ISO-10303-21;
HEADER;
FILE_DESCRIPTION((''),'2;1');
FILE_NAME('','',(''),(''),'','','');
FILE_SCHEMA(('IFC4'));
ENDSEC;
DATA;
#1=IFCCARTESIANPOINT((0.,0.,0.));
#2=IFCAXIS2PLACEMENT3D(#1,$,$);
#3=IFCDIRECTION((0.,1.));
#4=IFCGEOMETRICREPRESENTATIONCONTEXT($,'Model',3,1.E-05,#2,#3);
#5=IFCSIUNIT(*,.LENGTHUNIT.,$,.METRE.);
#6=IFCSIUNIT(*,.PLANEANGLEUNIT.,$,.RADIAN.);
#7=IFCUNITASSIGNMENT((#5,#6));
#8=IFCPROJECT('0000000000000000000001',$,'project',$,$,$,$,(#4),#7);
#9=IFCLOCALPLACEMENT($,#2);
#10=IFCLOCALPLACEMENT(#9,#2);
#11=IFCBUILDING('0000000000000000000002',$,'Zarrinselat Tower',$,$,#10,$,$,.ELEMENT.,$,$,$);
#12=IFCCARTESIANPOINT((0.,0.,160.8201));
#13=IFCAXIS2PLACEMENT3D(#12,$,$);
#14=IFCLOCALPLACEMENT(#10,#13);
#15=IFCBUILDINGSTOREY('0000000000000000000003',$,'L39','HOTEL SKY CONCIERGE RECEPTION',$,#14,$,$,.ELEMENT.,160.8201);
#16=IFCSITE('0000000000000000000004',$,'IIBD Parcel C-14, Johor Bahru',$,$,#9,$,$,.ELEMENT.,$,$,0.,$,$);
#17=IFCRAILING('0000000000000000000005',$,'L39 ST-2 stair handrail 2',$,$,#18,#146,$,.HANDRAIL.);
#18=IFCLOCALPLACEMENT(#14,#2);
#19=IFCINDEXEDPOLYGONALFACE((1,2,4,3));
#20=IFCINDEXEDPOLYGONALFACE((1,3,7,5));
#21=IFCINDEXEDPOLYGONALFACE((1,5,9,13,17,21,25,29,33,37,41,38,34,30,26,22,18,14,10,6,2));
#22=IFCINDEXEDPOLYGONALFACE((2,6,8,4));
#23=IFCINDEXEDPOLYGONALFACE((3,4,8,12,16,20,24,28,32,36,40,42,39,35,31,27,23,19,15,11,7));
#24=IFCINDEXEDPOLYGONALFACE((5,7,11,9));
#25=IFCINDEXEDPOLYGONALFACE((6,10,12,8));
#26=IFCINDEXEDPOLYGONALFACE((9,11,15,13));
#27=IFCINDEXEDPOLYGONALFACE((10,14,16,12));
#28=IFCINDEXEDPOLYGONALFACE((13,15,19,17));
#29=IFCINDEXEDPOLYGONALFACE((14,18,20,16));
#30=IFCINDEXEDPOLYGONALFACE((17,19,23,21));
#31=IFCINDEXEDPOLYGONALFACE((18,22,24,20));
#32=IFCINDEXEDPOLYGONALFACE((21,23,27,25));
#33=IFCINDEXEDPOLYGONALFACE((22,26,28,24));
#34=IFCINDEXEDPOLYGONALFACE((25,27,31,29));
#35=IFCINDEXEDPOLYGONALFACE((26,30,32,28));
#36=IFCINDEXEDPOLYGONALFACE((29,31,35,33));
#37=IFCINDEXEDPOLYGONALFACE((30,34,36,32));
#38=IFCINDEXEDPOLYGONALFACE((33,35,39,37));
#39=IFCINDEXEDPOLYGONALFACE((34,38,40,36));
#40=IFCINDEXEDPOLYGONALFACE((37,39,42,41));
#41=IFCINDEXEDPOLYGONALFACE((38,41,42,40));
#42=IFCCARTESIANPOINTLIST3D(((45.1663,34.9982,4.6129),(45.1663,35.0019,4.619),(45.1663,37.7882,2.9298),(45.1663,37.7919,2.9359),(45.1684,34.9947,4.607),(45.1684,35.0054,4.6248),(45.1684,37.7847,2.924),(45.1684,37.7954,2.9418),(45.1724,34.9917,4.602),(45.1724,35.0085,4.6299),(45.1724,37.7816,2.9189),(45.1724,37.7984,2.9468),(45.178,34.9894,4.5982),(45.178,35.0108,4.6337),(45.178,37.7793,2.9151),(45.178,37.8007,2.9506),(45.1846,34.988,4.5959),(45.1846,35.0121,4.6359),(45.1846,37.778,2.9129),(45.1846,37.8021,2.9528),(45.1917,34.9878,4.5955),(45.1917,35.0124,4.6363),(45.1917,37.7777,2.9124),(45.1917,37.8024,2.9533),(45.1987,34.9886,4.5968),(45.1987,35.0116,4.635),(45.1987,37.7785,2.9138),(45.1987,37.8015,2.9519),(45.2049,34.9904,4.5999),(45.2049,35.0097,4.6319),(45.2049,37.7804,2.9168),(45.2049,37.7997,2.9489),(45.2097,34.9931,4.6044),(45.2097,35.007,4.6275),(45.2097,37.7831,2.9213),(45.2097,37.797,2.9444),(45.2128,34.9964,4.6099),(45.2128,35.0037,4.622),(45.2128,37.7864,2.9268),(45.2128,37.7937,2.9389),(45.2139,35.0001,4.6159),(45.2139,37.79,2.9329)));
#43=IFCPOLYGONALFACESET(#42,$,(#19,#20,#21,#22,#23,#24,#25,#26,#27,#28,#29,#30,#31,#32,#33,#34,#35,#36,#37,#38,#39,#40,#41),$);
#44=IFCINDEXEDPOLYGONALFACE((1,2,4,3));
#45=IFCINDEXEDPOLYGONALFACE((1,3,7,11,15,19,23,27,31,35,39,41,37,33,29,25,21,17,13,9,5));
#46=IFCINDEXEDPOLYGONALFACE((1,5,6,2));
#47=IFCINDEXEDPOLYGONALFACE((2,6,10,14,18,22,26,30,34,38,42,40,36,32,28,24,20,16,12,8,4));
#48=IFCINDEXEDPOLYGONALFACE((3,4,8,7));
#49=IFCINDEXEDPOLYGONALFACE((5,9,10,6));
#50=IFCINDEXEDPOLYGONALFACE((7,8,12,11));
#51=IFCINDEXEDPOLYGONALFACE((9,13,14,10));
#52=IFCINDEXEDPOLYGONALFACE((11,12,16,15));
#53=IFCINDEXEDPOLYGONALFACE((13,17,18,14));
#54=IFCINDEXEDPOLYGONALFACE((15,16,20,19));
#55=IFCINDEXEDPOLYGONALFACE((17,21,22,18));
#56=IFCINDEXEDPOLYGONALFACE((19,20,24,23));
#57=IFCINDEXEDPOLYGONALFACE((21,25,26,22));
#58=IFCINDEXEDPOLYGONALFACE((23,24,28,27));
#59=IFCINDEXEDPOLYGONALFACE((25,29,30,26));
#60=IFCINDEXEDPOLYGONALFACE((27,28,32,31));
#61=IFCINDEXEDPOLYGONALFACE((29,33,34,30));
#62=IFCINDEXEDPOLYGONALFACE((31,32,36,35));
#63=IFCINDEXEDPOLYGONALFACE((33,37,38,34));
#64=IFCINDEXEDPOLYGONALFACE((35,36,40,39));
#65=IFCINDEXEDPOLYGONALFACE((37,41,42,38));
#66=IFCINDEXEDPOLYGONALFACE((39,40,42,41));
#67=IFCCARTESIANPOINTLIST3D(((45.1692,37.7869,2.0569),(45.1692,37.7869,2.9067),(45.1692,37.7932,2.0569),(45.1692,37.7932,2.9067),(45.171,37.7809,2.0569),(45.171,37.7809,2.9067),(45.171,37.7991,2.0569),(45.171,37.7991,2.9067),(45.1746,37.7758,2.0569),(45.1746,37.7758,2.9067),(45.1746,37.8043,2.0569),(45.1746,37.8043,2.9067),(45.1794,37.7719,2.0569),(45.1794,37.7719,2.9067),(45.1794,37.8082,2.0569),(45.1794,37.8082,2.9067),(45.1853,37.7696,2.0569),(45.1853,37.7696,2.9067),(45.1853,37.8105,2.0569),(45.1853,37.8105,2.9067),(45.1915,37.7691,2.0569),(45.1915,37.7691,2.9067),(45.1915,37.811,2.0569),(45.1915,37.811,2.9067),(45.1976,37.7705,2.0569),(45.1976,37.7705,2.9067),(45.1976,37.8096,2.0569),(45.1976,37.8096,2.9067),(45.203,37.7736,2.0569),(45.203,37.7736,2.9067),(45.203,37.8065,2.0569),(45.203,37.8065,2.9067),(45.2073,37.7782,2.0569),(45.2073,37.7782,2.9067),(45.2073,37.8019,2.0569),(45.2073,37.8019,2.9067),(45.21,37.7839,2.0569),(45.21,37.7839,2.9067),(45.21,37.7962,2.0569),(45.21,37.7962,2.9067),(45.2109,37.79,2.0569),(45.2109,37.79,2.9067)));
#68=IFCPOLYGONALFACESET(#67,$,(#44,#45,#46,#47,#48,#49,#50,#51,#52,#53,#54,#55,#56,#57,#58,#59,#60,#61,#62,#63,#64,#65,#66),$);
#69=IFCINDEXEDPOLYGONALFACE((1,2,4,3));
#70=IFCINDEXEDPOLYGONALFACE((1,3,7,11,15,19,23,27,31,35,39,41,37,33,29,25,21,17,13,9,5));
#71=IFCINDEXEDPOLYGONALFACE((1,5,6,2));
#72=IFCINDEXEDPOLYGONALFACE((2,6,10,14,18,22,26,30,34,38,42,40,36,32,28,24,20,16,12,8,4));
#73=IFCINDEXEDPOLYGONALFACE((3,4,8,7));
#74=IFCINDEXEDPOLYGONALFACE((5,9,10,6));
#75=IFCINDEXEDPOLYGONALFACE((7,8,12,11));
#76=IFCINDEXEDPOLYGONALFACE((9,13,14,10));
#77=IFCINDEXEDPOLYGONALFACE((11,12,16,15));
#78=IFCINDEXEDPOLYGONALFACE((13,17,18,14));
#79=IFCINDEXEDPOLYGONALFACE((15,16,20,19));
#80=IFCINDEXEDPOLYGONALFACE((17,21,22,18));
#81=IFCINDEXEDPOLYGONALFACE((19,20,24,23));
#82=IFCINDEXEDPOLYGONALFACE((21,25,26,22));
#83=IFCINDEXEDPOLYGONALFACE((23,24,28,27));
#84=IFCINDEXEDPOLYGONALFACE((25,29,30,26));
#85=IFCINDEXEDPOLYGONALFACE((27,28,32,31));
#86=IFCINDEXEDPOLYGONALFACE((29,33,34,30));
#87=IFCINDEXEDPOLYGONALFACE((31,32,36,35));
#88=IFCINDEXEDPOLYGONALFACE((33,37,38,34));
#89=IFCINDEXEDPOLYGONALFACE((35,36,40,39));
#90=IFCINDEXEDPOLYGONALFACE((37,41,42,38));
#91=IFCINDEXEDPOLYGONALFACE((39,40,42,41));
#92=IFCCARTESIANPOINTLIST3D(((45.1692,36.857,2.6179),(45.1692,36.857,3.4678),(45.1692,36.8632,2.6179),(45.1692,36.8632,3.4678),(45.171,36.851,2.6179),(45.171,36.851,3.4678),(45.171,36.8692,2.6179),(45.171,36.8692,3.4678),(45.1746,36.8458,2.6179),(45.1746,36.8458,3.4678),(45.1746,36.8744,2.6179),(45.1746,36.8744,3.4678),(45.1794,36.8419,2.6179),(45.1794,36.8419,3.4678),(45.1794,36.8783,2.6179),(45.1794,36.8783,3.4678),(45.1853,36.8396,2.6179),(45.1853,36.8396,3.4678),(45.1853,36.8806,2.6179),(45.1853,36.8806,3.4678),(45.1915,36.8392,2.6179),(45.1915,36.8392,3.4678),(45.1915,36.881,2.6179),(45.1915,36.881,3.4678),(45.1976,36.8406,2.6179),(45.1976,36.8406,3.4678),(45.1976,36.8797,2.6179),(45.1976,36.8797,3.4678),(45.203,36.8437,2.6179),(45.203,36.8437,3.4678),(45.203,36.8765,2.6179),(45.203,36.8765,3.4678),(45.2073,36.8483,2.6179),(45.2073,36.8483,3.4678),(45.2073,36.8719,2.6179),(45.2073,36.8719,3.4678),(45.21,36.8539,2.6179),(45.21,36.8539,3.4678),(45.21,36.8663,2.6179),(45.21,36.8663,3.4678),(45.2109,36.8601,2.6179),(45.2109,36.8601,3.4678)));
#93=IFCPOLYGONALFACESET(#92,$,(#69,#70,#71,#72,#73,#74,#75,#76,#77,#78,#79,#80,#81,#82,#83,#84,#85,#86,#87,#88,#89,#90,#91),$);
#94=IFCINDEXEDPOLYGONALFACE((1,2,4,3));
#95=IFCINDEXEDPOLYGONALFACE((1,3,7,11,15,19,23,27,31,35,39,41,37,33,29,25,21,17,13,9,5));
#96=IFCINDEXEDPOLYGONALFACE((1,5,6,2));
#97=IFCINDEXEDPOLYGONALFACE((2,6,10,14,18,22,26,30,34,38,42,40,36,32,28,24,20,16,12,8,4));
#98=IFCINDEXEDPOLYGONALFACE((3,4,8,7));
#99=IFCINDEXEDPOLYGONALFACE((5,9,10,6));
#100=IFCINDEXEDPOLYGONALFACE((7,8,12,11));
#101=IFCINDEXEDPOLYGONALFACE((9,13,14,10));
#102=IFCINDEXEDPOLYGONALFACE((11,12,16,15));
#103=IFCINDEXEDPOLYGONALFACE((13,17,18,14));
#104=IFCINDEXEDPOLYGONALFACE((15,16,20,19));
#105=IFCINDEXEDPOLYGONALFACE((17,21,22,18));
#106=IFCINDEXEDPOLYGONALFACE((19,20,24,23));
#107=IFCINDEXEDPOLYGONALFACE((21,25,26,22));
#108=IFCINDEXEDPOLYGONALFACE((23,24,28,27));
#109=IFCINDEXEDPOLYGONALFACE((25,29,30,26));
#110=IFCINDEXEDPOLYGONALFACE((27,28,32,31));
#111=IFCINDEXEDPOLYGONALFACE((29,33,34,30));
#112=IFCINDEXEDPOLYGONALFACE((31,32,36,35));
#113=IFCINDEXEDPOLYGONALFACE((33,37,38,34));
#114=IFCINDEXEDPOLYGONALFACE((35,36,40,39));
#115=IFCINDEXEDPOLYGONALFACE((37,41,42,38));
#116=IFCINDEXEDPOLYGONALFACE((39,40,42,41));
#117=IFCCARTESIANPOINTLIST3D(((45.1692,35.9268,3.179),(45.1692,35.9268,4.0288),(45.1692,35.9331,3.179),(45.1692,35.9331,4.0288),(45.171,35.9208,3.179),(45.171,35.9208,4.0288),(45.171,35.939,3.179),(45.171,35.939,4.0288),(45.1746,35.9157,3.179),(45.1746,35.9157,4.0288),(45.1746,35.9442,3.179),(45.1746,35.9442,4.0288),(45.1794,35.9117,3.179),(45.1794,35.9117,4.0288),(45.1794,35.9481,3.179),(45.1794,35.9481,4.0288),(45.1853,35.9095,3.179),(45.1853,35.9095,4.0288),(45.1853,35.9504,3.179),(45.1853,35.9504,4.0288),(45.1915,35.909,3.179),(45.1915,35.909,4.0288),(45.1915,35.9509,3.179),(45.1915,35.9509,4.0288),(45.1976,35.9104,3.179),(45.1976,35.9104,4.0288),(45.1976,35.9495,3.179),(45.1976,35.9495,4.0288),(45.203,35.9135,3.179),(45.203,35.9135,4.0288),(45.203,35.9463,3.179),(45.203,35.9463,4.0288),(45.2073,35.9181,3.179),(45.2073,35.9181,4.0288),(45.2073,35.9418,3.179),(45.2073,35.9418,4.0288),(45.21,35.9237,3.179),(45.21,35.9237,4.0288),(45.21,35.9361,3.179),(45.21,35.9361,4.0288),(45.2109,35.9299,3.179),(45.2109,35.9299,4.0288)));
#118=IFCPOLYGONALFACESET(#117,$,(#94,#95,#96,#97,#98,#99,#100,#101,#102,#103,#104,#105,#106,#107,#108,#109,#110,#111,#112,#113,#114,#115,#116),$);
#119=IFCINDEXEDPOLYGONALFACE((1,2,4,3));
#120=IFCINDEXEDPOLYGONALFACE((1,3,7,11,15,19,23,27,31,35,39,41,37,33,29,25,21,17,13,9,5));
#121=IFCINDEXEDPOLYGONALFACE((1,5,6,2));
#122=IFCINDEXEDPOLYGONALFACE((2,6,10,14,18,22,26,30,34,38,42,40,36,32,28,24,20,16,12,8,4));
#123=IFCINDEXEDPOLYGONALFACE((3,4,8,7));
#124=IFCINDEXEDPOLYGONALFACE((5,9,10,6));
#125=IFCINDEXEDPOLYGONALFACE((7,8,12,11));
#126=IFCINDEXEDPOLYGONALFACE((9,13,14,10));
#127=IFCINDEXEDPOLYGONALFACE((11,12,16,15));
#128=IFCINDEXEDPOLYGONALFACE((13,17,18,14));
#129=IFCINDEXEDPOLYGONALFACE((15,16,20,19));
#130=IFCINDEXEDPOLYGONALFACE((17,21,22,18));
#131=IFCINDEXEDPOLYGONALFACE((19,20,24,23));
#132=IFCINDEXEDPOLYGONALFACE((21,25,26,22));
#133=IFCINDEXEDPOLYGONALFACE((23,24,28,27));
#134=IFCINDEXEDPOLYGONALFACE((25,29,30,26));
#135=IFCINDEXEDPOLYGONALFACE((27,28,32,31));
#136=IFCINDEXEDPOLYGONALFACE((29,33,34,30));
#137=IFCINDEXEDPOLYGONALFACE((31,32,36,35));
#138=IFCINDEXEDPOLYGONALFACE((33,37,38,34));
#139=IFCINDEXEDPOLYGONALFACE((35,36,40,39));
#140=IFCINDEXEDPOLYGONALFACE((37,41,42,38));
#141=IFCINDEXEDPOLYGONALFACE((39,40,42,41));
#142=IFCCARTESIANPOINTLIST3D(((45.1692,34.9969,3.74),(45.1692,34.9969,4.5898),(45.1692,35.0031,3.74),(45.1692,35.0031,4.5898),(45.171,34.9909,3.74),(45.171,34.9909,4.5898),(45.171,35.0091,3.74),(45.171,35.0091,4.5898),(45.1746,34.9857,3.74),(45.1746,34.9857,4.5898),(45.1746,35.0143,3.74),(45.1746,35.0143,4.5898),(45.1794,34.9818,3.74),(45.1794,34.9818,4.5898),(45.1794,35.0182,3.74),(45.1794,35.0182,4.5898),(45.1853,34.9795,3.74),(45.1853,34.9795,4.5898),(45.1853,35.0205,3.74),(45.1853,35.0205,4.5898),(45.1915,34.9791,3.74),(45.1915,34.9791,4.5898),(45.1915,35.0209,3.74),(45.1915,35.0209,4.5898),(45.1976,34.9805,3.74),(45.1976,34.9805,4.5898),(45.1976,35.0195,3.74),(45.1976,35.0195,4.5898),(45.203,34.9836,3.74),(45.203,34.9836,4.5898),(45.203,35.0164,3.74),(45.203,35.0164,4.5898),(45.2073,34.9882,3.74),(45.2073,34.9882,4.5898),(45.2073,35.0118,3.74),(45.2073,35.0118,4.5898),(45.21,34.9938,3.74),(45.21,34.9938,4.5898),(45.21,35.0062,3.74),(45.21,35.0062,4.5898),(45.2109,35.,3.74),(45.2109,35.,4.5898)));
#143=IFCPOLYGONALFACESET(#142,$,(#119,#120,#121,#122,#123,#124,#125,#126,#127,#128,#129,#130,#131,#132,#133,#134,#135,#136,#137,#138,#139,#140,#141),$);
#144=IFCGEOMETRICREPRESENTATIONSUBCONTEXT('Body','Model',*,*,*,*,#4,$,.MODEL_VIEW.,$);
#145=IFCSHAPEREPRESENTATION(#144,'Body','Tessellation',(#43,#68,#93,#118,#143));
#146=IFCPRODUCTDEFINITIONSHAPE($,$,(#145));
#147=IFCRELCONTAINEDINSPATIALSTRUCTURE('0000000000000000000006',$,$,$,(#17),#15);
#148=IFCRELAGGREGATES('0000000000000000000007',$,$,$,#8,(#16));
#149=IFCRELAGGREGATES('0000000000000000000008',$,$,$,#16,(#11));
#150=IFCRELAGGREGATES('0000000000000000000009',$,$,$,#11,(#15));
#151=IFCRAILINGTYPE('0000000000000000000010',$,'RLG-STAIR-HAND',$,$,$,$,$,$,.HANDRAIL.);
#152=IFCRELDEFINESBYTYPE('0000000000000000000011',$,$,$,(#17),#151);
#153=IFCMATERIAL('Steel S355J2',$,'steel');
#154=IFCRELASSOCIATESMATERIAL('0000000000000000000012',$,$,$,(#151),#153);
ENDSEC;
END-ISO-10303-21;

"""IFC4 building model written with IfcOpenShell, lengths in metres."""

from ifc_helpers import new_model, si_unit, direction, frame, origin, origin_2d, place, context, subcontext, project, spatial, circle, extrude, material, type_object, element, save


model = new_model("IFC4")

# Units and contexts
model_context = context("Model", 3, precision=1e-05, world=origin(), true_north=direction((0.0, 1.0)))
body_context = subcontext(model_context, "Body", "Model", "MODEL_VIEW")
ifc_project = project(units=[si_unit("LENGTHUNIT", "METRE"), si_unit("PLANEANGLEUNIT", "RADIAN")], contexts=[model_context])

# Site, building, storey
site_placement = place(None, origin())
site = spatial("IfcSite", under=ifc_project, at=site_placement, Name="IIBD Parcel C-14, Johor Bahru", CompositionType="ELEMENT", RefElevation=0.0)
building_placement = place(site_placement, origin())
building = spatial("IfcBuilding", under=site, at=building_placement, Name="Zarrinselat Tower", CompositionType="ELEMENT")
storey_placement = place(building_placement, frame((0.0, 0.0, 160.8201)))
storey = spatial("IfcBuildingStorey", under=building, at=storey_placement, Name="L39", Description="HOTEL SKY CONCIERGE RECEPTION", CompositionType="ELEMENT", Elevation=160.8201)

# Railing
ifc_material_1 = material(Name="Steel S355J2", Category="steel")
railing_type_1 = type_object("IfcRailingType", Name="RLG-STAIR-HAND", PredefinedType="HANDRAIL", material=ifc_material_1)
railing_1_placement = place(storey_placement, frame((45.1899, 37.79, 2.0569)))
element("IfcRailing", 1, at=railing_1_placement, inside=storey, type_object=railing_type_1, Name="L39 ST-2 stair handrail 2", PredefinedType="HANDRAIL", context=body_context, shape_type="SweptSolid", body=[
    extrude(circle(Radius=0.0239, at=origin_2d()), frame((0.0, 0.0, 0.876), z_axis=(0.0, -0.856261, 0.516544), x_axis=(1.0, 0.0, 0.0)), (0.0, 0.0, 1.0), 3.2583),
    extrude(circle(Radius=0.021, at=origin_2d()), origin(), (0.0, 0.0, 1.0), 0.8499),
    extrude(circle(Radius=0.021, at=origin_2d()), frame((0.0, -0.9299, 0.561)), (0.0, 0.0, 1.0), 0.8499),
    extrude(circle(Radius=0.021, at=origin_2d()), frame((0.0, -1.8601, 1.1221)), (0.0, 0.0, 1.0), 0.8499),
    extrude(circle(Radius=0.021, at=origin_2d()), frame((0.0, -2.79, 1.6831)), (0.0, 0.0, 1.0), 0.8499),
])

save(model, "model.ifc")
